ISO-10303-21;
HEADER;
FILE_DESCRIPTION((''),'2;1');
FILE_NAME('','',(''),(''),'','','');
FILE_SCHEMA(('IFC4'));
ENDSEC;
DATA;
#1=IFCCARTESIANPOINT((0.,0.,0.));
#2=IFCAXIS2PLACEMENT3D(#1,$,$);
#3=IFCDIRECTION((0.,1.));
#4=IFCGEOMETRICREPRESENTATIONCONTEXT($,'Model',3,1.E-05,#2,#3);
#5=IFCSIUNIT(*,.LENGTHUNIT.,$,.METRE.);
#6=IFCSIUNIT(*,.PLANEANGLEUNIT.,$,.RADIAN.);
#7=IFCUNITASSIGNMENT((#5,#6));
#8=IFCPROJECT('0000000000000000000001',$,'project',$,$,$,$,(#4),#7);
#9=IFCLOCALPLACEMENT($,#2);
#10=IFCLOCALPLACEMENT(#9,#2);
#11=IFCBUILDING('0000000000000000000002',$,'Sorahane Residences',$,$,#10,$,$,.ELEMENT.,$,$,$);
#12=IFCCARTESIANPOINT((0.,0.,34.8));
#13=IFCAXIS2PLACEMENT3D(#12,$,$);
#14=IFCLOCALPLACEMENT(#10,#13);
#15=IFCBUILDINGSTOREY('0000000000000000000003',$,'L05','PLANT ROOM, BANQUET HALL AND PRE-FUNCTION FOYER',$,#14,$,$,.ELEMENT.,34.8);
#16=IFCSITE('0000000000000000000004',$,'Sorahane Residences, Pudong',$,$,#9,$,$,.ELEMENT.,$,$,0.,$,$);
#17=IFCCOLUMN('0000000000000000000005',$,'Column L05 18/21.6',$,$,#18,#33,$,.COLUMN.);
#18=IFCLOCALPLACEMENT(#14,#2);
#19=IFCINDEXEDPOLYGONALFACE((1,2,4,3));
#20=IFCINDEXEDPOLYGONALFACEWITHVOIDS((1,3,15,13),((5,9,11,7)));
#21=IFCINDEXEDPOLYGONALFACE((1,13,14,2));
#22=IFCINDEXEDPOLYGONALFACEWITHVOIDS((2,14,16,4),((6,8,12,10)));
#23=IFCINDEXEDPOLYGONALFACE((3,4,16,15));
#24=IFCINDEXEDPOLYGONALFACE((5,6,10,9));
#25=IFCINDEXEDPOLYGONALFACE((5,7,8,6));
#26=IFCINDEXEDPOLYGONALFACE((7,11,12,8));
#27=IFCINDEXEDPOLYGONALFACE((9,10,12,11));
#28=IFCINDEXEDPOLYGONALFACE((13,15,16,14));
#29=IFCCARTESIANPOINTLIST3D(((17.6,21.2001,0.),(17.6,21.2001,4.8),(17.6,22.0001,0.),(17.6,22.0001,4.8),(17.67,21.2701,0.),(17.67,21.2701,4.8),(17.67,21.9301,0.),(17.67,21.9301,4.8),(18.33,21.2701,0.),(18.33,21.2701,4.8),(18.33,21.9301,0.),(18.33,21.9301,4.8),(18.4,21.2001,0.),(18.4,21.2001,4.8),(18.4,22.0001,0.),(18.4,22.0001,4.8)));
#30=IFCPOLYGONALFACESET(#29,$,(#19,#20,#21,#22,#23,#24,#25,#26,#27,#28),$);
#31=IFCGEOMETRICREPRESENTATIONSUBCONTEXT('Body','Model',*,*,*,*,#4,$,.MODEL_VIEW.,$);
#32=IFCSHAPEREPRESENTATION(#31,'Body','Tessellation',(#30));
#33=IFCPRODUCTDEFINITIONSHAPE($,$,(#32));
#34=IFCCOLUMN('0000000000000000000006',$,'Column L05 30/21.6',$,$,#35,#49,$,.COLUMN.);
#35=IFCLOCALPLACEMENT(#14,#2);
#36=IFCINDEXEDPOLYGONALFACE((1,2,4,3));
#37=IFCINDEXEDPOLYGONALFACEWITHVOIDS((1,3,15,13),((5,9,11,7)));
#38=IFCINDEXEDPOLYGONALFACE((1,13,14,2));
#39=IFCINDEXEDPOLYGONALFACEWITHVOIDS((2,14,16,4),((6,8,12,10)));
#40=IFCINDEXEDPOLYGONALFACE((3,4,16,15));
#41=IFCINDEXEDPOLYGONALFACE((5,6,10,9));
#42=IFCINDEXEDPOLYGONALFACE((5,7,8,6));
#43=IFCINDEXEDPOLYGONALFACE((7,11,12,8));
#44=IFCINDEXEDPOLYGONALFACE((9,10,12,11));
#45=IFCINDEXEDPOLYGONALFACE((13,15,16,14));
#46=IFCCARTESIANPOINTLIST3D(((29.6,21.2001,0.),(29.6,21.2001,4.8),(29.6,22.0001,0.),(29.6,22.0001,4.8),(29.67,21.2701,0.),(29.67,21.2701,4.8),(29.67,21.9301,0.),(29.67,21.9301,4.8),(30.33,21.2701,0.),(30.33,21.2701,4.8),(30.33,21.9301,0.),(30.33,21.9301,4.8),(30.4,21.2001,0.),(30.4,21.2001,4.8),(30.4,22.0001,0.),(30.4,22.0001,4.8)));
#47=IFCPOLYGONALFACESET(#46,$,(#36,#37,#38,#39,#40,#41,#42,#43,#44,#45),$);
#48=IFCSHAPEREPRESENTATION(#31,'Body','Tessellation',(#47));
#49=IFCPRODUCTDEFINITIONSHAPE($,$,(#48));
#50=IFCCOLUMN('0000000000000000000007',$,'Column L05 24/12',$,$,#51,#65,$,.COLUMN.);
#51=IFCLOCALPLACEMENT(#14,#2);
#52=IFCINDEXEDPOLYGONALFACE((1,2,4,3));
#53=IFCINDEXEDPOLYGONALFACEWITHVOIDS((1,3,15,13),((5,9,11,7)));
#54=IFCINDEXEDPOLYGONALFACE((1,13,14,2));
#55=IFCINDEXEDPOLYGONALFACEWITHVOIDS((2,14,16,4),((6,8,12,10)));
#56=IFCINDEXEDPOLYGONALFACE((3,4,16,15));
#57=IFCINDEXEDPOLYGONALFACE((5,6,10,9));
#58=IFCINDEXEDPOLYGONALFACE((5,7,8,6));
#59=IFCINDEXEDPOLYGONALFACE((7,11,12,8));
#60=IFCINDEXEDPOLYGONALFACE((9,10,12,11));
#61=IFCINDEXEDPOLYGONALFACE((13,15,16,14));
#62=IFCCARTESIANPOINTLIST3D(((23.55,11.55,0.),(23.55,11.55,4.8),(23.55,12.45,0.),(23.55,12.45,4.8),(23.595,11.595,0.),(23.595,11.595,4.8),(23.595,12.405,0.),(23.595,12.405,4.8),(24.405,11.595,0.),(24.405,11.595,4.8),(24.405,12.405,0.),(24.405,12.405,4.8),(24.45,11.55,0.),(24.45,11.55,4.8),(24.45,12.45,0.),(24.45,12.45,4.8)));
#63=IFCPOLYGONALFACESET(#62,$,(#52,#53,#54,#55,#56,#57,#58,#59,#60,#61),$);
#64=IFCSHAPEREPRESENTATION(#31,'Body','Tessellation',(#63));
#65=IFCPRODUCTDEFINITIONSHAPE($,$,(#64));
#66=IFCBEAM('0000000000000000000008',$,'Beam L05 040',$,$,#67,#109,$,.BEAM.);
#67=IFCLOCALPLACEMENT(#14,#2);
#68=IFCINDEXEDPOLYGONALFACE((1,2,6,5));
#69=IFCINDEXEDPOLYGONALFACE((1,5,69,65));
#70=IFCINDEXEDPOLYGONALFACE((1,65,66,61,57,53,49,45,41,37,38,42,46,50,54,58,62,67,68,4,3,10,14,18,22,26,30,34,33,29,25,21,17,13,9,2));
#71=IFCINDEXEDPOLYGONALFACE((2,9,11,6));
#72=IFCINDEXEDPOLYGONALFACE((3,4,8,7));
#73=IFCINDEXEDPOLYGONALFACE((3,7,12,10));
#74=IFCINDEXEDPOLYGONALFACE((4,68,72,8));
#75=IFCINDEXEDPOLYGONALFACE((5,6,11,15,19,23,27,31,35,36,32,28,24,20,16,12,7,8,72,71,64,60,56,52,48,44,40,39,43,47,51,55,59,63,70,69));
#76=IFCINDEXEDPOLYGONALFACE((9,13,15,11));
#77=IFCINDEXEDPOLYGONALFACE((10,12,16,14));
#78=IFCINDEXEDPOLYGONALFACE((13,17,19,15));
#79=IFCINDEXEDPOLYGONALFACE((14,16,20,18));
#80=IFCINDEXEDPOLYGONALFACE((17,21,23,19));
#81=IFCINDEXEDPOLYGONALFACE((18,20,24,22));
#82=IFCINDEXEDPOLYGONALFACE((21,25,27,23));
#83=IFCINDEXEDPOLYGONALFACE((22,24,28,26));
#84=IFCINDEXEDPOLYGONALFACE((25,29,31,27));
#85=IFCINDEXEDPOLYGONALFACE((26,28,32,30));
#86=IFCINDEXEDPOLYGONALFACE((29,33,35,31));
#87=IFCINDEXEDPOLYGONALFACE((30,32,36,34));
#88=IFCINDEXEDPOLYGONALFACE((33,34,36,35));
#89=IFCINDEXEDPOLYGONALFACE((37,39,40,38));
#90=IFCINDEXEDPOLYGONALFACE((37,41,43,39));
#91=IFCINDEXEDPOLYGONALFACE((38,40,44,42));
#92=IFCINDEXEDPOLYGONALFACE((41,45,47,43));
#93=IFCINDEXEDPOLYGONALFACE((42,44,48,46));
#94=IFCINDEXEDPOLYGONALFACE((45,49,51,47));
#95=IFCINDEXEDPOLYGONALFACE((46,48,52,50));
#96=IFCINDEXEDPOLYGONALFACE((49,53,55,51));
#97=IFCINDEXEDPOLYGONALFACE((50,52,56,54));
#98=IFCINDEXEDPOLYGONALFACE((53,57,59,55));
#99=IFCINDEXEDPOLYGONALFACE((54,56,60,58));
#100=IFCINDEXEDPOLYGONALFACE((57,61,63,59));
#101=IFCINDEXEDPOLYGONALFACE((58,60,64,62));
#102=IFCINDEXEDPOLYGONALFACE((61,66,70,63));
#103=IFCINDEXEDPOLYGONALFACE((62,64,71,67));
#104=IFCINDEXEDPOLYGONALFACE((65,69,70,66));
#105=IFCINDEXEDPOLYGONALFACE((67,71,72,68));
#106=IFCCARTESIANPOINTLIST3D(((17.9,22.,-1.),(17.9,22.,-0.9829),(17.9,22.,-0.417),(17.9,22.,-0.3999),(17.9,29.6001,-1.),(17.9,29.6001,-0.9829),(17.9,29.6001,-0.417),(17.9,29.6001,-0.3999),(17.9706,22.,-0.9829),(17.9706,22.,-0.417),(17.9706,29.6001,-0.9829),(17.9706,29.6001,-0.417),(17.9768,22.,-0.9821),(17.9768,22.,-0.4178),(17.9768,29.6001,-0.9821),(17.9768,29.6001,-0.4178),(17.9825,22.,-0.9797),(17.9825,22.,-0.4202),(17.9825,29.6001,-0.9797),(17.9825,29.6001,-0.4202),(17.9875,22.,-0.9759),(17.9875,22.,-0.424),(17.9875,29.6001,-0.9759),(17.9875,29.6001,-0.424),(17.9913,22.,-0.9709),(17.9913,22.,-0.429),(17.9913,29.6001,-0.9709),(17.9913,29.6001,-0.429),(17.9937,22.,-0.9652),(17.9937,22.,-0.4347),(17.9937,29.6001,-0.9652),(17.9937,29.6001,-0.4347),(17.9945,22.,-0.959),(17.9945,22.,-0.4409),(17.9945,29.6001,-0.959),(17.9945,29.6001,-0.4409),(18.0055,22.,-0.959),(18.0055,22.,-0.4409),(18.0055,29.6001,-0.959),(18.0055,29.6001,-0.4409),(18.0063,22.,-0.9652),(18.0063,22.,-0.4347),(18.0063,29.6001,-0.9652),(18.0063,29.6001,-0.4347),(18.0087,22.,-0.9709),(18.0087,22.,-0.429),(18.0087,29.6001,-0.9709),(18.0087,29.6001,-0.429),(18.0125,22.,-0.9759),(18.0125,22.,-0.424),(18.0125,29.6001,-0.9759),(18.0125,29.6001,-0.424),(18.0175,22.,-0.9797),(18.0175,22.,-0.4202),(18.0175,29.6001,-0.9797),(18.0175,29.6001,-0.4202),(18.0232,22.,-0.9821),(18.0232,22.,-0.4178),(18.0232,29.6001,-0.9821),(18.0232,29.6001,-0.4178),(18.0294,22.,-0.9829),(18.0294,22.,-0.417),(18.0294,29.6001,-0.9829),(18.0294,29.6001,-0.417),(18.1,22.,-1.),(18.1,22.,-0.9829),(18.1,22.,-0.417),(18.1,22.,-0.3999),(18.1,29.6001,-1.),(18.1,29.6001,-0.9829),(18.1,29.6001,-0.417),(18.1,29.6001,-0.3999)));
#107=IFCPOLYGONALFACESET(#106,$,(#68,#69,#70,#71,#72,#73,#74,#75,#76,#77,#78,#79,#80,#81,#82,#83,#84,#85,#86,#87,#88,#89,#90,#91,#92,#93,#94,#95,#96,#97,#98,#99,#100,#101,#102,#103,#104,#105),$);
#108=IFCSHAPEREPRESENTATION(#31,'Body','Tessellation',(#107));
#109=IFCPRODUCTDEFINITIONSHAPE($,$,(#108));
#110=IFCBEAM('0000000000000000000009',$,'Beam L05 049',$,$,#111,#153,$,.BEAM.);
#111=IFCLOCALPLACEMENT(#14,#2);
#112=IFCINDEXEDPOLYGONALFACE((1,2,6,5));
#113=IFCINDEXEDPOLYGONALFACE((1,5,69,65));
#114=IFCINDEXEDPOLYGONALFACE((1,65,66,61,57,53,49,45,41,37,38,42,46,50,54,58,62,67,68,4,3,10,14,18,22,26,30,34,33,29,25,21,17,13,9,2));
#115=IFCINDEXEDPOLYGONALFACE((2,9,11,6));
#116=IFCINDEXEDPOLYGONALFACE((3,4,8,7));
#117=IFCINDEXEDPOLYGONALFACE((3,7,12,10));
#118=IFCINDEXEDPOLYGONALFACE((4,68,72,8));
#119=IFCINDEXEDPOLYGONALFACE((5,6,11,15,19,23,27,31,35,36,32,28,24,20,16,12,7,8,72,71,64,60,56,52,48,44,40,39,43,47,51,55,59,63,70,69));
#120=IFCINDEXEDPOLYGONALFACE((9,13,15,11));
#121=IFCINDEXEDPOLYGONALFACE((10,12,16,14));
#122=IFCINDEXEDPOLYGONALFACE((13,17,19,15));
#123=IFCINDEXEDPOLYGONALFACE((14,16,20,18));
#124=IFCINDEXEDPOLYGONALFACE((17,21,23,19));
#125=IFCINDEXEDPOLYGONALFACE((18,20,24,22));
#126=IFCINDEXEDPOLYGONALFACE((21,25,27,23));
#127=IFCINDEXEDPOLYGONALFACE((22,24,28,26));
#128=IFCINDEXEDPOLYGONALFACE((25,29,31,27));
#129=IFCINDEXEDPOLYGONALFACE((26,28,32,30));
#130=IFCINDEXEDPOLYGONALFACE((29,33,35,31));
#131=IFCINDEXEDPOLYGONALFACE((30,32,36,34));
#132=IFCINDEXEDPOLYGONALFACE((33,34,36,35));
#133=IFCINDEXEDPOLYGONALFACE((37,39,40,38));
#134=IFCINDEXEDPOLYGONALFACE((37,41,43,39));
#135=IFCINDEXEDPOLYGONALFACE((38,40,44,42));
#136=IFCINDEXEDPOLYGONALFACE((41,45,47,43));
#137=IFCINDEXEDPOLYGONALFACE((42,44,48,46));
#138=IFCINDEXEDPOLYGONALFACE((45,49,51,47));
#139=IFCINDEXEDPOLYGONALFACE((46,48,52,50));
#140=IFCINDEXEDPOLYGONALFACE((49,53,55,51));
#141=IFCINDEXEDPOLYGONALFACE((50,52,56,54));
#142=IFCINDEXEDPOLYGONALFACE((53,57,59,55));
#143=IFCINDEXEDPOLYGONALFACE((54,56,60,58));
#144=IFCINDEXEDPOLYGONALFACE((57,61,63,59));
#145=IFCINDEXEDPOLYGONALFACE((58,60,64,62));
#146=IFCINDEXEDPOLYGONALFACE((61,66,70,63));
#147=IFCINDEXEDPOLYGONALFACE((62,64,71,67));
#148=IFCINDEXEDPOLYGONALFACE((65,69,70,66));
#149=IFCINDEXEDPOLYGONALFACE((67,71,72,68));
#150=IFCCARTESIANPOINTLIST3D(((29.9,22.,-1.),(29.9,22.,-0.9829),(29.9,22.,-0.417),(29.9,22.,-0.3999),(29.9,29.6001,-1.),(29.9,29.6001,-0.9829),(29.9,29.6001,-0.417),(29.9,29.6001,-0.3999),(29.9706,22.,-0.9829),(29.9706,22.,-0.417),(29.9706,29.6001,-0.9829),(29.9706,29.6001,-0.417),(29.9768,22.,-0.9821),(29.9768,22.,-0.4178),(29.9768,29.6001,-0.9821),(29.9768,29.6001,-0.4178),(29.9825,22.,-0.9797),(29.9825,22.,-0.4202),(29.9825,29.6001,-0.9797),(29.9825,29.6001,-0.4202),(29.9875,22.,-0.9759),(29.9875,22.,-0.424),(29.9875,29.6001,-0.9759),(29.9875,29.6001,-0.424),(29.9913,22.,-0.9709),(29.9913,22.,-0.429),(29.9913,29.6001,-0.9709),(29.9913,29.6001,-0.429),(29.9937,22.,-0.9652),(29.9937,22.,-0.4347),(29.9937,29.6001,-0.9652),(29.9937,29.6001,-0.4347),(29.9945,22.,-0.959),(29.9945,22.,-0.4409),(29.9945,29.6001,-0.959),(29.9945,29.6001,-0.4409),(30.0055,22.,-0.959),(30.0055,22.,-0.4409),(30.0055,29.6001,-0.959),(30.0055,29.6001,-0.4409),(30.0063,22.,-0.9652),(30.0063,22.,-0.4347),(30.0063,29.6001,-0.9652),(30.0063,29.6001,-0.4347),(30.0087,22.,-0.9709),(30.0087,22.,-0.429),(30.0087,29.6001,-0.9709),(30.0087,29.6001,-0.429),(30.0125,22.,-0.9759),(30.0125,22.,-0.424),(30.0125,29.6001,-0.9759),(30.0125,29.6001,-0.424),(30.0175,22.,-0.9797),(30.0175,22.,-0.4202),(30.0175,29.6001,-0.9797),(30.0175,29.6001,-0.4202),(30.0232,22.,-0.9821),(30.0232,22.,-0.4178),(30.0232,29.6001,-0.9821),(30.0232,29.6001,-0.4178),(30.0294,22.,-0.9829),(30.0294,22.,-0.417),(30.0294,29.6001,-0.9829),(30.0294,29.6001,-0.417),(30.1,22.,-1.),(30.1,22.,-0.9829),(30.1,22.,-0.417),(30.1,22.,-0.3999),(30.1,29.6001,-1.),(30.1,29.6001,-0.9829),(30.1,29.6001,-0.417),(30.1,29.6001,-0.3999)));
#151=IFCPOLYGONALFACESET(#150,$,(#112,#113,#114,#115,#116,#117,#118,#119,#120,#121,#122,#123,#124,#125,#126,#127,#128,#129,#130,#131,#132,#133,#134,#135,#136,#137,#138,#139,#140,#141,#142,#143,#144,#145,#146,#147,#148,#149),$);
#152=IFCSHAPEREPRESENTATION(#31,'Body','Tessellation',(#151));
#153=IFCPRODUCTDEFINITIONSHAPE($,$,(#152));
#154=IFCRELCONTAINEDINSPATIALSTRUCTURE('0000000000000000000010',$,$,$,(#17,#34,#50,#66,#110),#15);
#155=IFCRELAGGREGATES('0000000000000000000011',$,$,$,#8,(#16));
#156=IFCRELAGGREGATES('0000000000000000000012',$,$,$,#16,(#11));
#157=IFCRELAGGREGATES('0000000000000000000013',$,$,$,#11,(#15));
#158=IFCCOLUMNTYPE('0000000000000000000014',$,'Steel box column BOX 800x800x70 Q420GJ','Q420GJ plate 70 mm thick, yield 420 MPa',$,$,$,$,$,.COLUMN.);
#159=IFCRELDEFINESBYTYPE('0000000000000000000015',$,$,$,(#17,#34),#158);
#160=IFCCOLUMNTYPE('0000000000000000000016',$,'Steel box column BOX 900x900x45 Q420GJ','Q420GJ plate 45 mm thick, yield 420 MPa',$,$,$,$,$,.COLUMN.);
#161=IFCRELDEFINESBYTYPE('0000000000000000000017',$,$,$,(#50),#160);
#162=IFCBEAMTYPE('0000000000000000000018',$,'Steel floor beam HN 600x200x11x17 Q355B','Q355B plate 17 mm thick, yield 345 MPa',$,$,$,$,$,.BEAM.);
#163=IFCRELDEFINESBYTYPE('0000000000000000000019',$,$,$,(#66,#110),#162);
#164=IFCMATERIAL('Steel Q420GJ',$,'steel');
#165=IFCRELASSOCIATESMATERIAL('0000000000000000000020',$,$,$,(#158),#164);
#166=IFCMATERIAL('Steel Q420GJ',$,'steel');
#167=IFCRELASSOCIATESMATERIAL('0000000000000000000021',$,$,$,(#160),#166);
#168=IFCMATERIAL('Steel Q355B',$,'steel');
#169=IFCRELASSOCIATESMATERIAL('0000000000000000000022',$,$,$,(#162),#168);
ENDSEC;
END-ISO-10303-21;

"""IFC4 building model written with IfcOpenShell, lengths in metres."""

from ifc_helpers import new_model, si_unit, direction, frame, origin, origin_2d, place, context, subcontext, project, spatial, hollow_rectangle, i_section, extrude, material, material_profile, profile_set, type_object, element, save


model = new_model("IFC4")

# Units and contexts
model_context = context("Model", 3, precision=1e-05, world=origin(), true_north=direction((0.0, 1.0)))
body_context = subcontext(model_context, "Body", "Model", "MODEL_VIEW")
ifc_project = project(units=[si_unit("LENGTHUNIT", "METRE"), si_unit("PLANEANGLEUNIT", "RADIAN")], contexts=[model_context])

# Site, building, storey
site_placement = place(None, origin())
site = spatial("IfcSite", under=ifc_project, at=site_placement, Name="Sorahane Residences, Pudong", CompositionType="ELEMENT", RefElevation=0.0)
building_placement = place(site_placement, origin())
building = spatial("IfcBuilding", under=site, at=building_placement, Name="Sorahane Residences", CompositionType="ELEMENT")
storey_placement = place(building_placement, frame((0.0, 0.0, 34.8)))
storey = spatial("IfcBuildingStorey", under=building, at=storey_placement, Name="L05", Description="PLANT ROOM, BANQUET HALL AND PRE-FUNCTION FOYER", CompositionType="ELEMENT", Elevation=34.8)

# Columns
ifc_material_1 = material(Name="Steel Q420GJ", Category="steel")
ifc_material_profile_1 = material_profile(ifc_material_1, hollow_rectangle(XDim=0.8, YDim=0.8, WallThickness=0.0701, at=origin_2d()), Name="BOX 800x800x70")
ifc_profile_set_1 = profile_set([ifc_material_profile_1], Name="Steel Q420GJ")
column_type_1 = type_object("IfcColumnType", Name="Steel box column BOX 800x800x70 Q420GJ", Description="Q420GJ plate 70 mm thick, yield 420 MPa", PredefinedType="COLUMN", material=ifc_profile_set_1)
for number, where, z_axis, x_axis, name in (
    (1, (18.0, 21.6001, 0.0), (0.0, 0.0, 1.0), (1.0, 0.0, 0.0), "Column L05 18/21.6"),
    (2, (30.0, 21.6001, 0.0), (0.0, 0.0, 1.0), (1.0, 0.0, 0.0), "Column L05 30/21.6"),
):
    element("IfcColumn", number, at=place(storey_placement, frame(where, z_axis=z_axis, x_axis=x_axis)), inside=storey, type_object=column_type_1, Name=name, PredefinedType="COLUMN", context=body_context, shape_type="SweptSolid", body=[
        extrude(hollow_rectangle(XDim=0.8, YDim=0.8, WallThickness=0.0701, at=origin_2d()), origin(), (0.0, 0.0, 1.0), 4.8),
    ])
ifc_material_2 = material(Name="Steel Q420GJ", Category="steel")
ifc_material_profile_2 = material_profile(ifc_material_2, hollow_rectangle(XDim=0.8999, YDim=0.8999, WallThickness=0.0449, at=origin_2d()), Name="BOX 900x900x45")
ifc_profile_set_2 = profile_set([ifc_material_profile_2], Name="Steel Q420GJ")
column_type_2 = type_object("IfcColumnType", Name="Steel box column BOX 900x900x45 Q420GJ", Description="Q420GJ plate 45 mm thick, yield 420 MPa", PredefinedType="COLUMN", material=ifc_profile_set_2)
column_placement = place(storey_placement, frame((24.0, 12.0, 0.0), z_axis=(0.0, 0.0, 1.0), x_axis=(1.0, 0.0, 0.0)))
element("IfcColumn", 3, at=column_placement, inside=storey, type_object=column_type_2, Name="Column L05 24/12", PredefinedType="COLUMN", context=body_context, shape_type="SweptSolid", body=[
    extrude(hollow_rectangle(XDim=0.8999, YDim=0.8999, WallThickness=0.0449, at=origin_2d()), origin(), (0.0, 0.0, 1.0), 4.8),
])

# Beams
ifc_material_3 = material(Name="Steel Q355B", Category="steel")
ifc_material_profile_3 = material_profile(ifc_material_3, i_section(OverallWidth=0.2, OverallDepth=0.6001, WebThickness=0.011, FlangeThickness=0.0171, FilletRadius=0.0239, at=origin_2d()), Name="HN 600x200x11x17")
ifc_profile_set_3 = profile_set([ifc_material_profile_3], Name="Steel Q355B")
beam_type_1 = type_object("IfcBeamType", Name="Steel floor beam HN 600x200x11x17 Q355B", Description="Q355B plate 17 mm thick, yield 345 MPa", PredefinedType="BEAM", material=ifc_profile_set_3)
for number, where, z_axis, x_axis, name in (
    (4, (18.0, 22.0, -0.7), (0.0, 1.0, 0.0), (-1.0, 0.0, 0.0), "Beam L05 040"),
    (5, (30.0, 22.0, -0.7), (0.0, 1.0, 0.0), (-1.0, 0.0, 0.0), "Beam L05 049"),
):
    element("IfcBeam", number, at=place(storey_placement, frame(where, z_axis=z_axis, x_axis=x_axis)), inside=storey, type_object=beam_type_1, Name=name, PredefinedType="BEAM", context=body_context, shape_type="SweptSolid", body=[
        extrude(i_section(OverallWidth=0.2, OverallDepth=0.6001, WebThickness=0.011, FlangeThickness=0.0171, FilletRadius=0.0239, at=origin_2d()), origin(), (0.0, 0.0, 1.0), 7.6001),
    ])

save(model, "model.ifc")
